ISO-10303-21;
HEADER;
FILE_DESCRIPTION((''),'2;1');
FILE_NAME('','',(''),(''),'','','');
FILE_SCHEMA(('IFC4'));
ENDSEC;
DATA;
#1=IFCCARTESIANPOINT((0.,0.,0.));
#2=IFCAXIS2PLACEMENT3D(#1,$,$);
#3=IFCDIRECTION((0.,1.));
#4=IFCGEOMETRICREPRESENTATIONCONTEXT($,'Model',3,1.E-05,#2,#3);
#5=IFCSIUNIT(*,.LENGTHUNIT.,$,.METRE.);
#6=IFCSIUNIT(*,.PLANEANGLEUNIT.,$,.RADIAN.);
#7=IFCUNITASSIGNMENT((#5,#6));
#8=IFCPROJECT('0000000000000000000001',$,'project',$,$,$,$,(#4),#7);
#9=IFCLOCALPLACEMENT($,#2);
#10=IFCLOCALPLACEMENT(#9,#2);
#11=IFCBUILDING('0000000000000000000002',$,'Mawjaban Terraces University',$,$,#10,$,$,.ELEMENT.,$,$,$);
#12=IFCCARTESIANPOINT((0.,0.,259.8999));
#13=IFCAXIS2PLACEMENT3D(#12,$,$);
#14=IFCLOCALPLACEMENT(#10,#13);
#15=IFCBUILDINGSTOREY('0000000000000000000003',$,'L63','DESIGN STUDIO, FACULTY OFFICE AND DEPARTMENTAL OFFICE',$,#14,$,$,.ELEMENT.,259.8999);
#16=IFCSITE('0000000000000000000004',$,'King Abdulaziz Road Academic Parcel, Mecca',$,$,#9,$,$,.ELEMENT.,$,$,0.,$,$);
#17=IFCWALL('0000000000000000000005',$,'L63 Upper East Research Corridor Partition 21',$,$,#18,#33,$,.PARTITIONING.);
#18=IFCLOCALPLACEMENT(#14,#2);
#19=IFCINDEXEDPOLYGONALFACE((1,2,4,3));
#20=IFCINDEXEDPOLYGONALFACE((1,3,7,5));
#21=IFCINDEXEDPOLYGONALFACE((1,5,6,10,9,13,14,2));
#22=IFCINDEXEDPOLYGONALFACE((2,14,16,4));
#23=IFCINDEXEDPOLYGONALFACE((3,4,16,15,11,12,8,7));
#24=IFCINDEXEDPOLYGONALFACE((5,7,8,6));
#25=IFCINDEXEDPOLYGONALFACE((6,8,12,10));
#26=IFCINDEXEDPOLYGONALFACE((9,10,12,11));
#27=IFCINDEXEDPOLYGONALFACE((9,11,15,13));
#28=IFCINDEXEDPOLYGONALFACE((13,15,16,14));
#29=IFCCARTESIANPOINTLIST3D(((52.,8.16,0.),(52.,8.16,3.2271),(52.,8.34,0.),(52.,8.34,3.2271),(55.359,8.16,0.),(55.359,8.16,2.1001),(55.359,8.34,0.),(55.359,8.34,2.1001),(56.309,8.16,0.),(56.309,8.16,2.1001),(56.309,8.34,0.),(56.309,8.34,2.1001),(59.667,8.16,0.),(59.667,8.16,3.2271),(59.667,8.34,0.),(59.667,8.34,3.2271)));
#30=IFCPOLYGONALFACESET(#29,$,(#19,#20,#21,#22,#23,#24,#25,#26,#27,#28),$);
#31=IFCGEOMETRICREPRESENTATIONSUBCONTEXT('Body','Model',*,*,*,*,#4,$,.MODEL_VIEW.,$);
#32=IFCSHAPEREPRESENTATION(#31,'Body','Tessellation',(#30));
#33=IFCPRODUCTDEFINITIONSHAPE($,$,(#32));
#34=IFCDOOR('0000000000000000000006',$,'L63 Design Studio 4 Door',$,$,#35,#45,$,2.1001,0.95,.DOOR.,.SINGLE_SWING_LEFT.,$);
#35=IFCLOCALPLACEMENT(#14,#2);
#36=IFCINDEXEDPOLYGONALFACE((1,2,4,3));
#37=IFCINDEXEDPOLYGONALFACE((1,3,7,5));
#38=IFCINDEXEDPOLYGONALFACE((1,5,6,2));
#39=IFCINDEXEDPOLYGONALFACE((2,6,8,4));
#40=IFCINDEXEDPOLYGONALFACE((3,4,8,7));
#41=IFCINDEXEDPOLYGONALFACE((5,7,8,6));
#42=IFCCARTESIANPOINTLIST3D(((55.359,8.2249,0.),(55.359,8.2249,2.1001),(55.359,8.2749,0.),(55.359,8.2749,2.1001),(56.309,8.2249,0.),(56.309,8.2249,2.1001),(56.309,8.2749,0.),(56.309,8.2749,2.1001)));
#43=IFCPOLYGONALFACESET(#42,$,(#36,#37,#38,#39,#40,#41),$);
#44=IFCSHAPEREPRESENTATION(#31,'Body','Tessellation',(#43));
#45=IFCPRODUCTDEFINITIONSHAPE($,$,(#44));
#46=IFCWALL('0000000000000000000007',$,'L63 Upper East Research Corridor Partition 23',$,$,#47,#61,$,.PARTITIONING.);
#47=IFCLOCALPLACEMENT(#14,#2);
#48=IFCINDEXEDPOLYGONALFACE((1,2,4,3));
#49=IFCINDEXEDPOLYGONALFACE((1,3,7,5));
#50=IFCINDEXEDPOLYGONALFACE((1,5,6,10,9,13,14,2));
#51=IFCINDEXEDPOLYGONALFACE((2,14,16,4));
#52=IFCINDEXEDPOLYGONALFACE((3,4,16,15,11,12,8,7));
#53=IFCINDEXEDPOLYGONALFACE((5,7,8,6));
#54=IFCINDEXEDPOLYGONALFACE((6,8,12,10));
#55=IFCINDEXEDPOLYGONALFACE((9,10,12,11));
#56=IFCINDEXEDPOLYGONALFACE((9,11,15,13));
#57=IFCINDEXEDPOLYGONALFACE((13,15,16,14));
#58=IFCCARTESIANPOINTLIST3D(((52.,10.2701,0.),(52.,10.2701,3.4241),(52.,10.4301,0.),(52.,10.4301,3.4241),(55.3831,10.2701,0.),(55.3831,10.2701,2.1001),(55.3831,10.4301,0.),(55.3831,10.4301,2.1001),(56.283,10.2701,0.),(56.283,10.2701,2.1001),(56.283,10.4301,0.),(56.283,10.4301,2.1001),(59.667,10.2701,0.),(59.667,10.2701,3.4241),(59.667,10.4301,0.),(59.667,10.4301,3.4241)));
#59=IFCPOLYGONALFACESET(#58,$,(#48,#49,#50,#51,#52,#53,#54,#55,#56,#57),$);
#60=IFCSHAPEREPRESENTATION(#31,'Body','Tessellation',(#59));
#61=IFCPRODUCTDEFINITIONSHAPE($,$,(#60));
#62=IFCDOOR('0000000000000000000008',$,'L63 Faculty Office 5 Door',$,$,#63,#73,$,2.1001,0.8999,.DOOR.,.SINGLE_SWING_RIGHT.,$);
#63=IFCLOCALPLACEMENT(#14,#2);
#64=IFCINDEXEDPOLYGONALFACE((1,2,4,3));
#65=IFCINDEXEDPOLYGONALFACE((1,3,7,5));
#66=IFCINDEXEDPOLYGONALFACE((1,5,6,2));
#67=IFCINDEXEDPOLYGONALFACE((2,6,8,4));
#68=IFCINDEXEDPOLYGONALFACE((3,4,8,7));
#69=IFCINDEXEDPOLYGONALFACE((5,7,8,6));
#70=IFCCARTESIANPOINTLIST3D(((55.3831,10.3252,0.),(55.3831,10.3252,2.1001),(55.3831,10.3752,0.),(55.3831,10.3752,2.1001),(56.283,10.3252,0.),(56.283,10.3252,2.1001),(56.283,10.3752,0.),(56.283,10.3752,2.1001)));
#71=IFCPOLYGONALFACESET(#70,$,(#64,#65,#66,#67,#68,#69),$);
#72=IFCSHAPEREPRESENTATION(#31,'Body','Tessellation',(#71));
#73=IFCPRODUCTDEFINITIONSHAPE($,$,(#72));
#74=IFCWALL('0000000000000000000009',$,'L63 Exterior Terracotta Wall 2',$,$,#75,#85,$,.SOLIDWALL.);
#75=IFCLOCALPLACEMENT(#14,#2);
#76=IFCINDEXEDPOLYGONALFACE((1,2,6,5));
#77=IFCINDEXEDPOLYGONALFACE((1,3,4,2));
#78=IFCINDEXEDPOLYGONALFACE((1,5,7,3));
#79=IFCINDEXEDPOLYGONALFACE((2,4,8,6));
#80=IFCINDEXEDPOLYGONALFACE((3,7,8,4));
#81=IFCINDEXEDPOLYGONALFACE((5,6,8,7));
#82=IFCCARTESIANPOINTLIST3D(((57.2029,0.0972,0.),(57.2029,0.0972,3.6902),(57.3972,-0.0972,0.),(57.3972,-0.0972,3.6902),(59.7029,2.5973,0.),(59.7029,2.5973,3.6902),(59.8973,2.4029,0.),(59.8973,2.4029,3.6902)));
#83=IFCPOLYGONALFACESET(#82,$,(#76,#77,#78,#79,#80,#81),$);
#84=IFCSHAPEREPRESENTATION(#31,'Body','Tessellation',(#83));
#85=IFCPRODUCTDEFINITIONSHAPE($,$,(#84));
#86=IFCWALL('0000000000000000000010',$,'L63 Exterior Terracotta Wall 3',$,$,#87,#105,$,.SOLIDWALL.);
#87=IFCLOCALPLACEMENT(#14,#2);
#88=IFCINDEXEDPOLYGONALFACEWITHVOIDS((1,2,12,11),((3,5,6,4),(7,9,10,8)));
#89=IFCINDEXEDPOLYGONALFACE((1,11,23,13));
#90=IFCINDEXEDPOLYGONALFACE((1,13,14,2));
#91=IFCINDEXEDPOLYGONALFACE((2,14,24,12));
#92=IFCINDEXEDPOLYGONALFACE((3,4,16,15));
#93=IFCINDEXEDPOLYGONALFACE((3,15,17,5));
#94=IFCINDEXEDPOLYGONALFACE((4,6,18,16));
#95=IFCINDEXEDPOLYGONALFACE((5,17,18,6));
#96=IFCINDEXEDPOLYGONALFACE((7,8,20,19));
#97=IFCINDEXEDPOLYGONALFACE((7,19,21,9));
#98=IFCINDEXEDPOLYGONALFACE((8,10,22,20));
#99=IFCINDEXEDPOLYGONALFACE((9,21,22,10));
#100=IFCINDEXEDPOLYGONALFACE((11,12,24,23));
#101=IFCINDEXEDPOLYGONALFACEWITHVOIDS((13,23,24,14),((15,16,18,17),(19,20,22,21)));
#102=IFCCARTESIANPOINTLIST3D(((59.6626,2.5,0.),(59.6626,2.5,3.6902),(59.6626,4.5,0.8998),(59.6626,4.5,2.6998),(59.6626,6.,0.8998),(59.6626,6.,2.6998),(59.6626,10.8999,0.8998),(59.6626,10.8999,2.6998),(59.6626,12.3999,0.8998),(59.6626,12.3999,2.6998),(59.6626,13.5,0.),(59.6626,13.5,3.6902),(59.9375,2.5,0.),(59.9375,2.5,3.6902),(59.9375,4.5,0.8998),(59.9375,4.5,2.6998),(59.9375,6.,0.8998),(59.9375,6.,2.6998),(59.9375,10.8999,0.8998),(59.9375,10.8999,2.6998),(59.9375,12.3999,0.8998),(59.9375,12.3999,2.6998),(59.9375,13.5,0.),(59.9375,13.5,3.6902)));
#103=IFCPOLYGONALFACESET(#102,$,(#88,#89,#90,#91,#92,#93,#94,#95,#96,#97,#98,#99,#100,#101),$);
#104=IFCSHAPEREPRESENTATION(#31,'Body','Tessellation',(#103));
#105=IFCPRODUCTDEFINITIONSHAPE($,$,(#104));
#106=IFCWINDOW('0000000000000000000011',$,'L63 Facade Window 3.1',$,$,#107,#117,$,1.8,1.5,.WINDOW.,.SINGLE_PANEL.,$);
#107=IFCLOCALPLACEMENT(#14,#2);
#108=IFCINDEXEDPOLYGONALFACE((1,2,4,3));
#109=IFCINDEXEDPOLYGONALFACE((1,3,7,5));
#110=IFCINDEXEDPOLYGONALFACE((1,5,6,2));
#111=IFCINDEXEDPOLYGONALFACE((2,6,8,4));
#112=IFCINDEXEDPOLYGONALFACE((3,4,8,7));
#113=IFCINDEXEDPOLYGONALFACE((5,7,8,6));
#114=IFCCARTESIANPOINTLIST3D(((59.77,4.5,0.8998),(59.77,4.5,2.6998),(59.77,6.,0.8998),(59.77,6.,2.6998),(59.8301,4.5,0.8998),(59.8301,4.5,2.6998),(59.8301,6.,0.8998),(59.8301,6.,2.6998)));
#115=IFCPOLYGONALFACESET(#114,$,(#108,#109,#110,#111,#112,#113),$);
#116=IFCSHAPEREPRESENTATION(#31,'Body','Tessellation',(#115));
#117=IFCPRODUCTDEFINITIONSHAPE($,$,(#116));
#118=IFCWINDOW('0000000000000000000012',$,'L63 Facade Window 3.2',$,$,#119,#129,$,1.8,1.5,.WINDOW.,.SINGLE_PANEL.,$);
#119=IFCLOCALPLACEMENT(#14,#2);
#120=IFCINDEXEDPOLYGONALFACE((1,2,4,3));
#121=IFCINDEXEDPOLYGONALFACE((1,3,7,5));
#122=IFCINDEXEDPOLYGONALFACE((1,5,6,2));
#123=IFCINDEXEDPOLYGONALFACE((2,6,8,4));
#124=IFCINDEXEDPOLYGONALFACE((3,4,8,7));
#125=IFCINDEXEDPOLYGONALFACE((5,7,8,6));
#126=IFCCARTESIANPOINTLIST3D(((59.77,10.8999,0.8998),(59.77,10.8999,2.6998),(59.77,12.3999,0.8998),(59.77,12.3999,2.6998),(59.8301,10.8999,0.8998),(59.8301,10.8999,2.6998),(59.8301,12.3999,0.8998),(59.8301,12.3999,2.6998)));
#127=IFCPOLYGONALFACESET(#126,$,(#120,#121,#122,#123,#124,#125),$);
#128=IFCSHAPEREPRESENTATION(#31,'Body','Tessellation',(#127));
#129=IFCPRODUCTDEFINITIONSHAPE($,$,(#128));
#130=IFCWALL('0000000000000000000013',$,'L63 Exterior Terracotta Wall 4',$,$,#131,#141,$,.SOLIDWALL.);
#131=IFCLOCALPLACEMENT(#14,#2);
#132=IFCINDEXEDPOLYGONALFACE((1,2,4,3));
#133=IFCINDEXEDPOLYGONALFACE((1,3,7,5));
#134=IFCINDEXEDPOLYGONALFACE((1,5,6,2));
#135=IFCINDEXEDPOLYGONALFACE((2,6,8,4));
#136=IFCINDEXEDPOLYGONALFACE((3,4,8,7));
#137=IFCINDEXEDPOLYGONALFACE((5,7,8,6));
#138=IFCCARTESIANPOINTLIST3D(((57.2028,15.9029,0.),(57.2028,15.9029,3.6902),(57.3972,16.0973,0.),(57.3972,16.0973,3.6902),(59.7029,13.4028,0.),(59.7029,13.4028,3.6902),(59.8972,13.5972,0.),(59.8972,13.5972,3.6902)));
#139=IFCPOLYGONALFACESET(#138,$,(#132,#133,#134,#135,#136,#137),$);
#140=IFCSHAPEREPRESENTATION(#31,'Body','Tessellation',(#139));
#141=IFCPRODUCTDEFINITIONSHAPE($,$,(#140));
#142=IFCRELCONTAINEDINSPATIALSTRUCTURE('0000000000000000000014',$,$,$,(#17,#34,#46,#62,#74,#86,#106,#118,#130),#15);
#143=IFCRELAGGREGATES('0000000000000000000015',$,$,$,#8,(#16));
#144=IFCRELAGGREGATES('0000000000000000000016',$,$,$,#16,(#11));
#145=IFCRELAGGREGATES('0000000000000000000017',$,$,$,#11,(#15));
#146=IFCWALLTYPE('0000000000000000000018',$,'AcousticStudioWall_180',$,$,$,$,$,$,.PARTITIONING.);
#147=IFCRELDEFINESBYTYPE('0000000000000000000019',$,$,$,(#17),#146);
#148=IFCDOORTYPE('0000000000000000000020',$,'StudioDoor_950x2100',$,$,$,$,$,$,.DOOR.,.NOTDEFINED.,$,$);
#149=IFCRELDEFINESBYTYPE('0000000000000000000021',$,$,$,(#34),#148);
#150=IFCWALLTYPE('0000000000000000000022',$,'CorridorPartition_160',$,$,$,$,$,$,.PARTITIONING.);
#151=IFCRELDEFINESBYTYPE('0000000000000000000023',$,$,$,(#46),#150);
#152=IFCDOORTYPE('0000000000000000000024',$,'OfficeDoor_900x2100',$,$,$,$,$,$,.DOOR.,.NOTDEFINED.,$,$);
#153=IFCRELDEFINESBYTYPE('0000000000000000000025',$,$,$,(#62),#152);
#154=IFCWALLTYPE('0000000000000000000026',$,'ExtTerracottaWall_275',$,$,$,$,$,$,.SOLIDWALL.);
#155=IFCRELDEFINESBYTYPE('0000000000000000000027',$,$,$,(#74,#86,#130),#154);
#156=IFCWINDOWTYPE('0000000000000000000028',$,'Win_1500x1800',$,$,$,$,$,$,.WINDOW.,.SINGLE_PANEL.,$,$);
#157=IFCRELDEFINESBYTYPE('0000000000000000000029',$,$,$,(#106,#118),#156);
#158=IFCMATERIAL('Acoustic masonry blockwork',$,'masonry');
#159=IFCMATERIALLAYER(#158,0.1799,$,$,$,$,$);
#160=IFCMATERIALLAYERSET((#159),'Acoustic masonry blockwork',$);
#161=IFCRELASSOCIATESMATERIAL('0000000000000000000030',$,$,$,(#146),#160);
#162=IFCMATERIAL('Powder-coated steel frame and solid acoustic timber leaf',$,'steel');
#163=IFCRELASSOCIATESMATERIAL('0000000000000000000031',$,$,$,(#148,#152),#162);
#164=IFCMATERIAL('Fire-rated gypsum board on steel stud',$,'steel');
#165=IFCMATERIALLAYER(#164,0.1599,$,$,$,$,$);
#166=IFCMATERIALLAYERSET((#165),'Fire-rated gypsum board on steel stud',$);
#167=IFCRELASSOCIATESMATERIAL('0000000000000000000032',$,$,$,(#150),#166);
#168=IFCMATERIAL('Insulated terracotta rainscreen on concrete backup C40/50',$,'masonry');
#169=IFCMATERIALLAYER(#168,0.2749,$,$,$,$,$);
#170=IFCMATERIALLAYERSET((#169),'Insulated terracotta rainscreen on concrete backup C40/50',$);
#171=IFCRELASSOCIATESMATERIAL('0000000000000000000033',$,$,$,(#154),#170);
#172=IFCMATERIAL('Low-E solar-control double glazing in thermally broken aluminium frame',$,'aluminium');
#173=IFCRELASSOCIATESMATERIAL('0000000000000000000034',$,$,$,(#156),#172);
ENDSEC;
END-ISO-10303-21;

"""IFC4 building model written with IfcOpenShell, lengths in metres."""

from ifc_helpers import new_model, si_unit, direction, frame, frame_2d, origin, place, context, subcontext, project, spatial, rectangle, extrude, material, layer, layer_set, type_object, element, fill, save


model = new_model("IFC4")

# Units and contexts
model_context = context("Model", 3, precision=1e-05, world=origin(), true_north=direction((0.0, 1.0)))
body_context = subcontext(model_context, "Body", "Model", "MODEL_VIEW")
ifc_project = project(units=[si_unit("LENGTHUNIT", "METRE"), si_unit("PLANEANGLEUNIT", "RADIAN")], contexts=[model_context])

# Site, building, storey
site_placement = place(None, origin())
site = spatial("IfcSite", under=ifc_project, at=site_placement, Name="King Abdulaziz Road Academic Parcel, Mecca", CompositionType="ELEMENT", RefElevation=0.0)
building_placement = place(site_placement, origin())
building = spatial("IfcBuilding", under=site, at=building_placement, Name="Mawjaban Terraces University", CompositionType="ELEMENT")
storey_placement = place(building_placement, frame((0.0, 0.0, 259.8999)))
storey = spatial("IfcBuildingStorey", under=building, at=storey_placement, Name="L63", Description="DESIGN STUDIO, FACULTY OFFICE AND DEPARTMENTAL OFFICE", CompositionType="ELEMENT", Elevation=259.8999)

# Walls, openings, doors
ifc_material_1 = material(Name="Acoustic masonry blockwork", Category="masonry")
ifc_layer_1 = layer(ifc_material_1, 0.1799)
ifc_layer_set_1 = layer_set([ifc_layer_1], Name="Acoustic masonry blockwork")
wall_type_1 = type_object("IfcWallType", Name="AcousticStudioWall_180", PredefinedType="PARTITIONING", material=ifc_layer_set_1)
wall_1_placement = place(storey_placement, frame((52.0, 8.25, 0.0), z_axis=(0.0, 0.0, 1.0), x_axis=(1.0, 0.0, 0.0)))
wall_1 = element("IfcWall", 1, at=wall_1_placement, inside=storey, type_object=wall_type_1, Name="L63 Upper East Research Corridor Partition 21", PredefinedType="PARTITIONING", context=body_context, shape_type="SweptSolid", body=[
    extrude(rectangle(XDim=7.667, YDim=0.1799, at=frame_2d((3.8335, 0.0))), origin(), (0.0, 0.0, 1.0), 3.2271),
])
opening_1_placement = place(wall_1_placement, frame((3.3589, 0.0, 0.0)))
opening_1 = element("IfcOpeningElement", 2, at=opening_1_placement, cuts=wall_1, PredefinedType="OPENING", context=body_context, shape_type="SweptSolid", body=[
    extrude(rectangle(XDim=0.95, YDim=2.1001, at=frame_2d((0.4751, 1.05))), frame((0.0, 0.0999, 0.0), z_axis=(0.0, -1.0, 0.0), x_axis=(1.0, 0.0, 0.0)), (0.0, 0.0, 1.0), 0.2),
])
ifc_material_2 = material(Name="Powder-coated steel frame and solid acoustic timber leaf", Category="steel")
door_type_1 = type_object("IfcDoorType", Name="StudioDoor_950x2100", OperationType="NOTDEFINED", PredefinedType="DOOR", material=ifc_material_2)
door_1_placement = place(opening_1_placement, origin())
door_1 = element("IfcDoor", 3, at=door_1_placement, inside=storey, type_object=door_type_1, Name="L63 Design Studio 4 Door", OperationType="SINGLE_SWING_LEFT", OverallHeight=2.1001, OverallWidth=0.95, PredefinedType="DOOR", context=body_context, shape_type="SweptSolid", body=[
    extrude(rectangle(XDim=0.95, YDim=2.1001, at=frame_2d((0.4751, 1.05))), frame((0.0, 0.0249, 0.0), z_axis=(0.0, -1.0, 0.0), x_axis=(1.0, 0.0, 0.0)), (0.0, 0.0, 1.0), 0.05),
])
fill(opening_1, door_1)
ifc_material_3 = material(Name="Fire-rated gypsum board on steel stud", Category="steel")
ifc_layer_2 = layer(ifc_material_3, 0.1599)
ifc_layer_set_2 = layer_set([ifc_layer_2], Name="Fire-rated gypsum board on steel stud")
wall_type_2 = type_object("IfcWallType", Name="CorridorPartition_160", PredefinedType="PARTITIONING", material=ifc_layer_set_2)
wall_2_placement = place(storey_placement, frame((59.667, 10.3501, 0.0), z_axis=(0.0, 0.0, 1.0), x_axis=(-1.0, 0.0, 0.0)))
wall_2 = element("IfcWall", 4, at=wall_2_placement, inside=storey, type_object=wall_type_2, Name="L63 Upper East Research Corridor Partition 23", PredefinedType="PARTITIONING", context=body_context, shape_type="SweptSolid", body=[
    extrude(rectangle(XDim=7.667, YDim=0.1599, at=frame_2d((3.8335, 0.0))), origin(), (0.0, 0.0, 1.0), 3.4241),
])
opening_2_placement = place(wall_2_placement, frame((3.384, 0.0, 0.0)))
opening_2 = element("IfcOpeningElement", 5, at=opening_2_placement, cuts=wall_2, PredefinedType="OPENING", context=body_context, shape_type="SweptSolid", body=[
    extrude(rectangle(XDim=0.8999, YDim=2.1001, at=frame_2d((0.45, 1.05))), frame((0.0, 0.0898, 0.0), z_axis=(0.0, -1.0, 0.0), x_axis=(1.0, 0.0, 0.0)), (0.0, 0.0, 1.0), 0.1799),
])
door_type_2 = type_object("IfcDoorType", Name="OfficeDoor_900x2100", OperationType="NOTDEFINED", PredefinedType="DOOR", material=ifc_material_2)
door_2_placement = place(opening_2_placement, origin())
door_2 = element("IfcDoor", 6, at=door_2_placement, inside=storey, type_object=door_type_2, Name="L63 Faculty Office 5 Door", OperationType="SINGLE_SWING_RIGHT", OverallHeight=2.1001, OverallWidth=0.8999, PredefinedType="DOOR", context=body_context, shape_type="SweptSolid", body=[
    extrude(rectangle(XDim=0.8999, YDim=2.1001, at=frame_2d((0.45, 1.05))), frame((0.0, 0.0249, 0.0), z_axis=(0.0, -1.0, 0.0), x_axis=(1.0, 0.0, 0.0)), (0.0, 0.0, 1.0), 0.05),
])
fill(opening_2, door_2)

# Wall
ifc_material_4 = material(Name="Insulated terracotta rainscreen on concrete backup C40/50", Category="masonry")
ifc_layer_3 = layer(ifc_material_4, 0.2749)
ifc_layer_set_3 = layer_set([ifc_layer_3], Name="Insulated terracotta rainscreen on concrete backup C40/50")
wall_type_3 = type_object("IfcWallType", Name="ExtTerracottaWall_275", PredefinedType="SOLIDWALL", material=ifc_layer_set_3)
wall_3_placement = place(storey_placement, frame((57.3, 0.0, 0.0), z_axis=(0.0, 0.0, 1.0), x_axis=(0.707107, 0.707107, 0.0)))
element("IfcWall", 7, at=wall_3_placement, inside=storey, type_object=wall_type_3, Name="L63 Exterior Terracotta Wall 2", PredefinedType="SOLIDWALL", context=body_context, shape_type="SweptSolid", body=[
    extrude(rectangle(XDim=3.5356, YDim=0.2749, at=frame_2d((1.7678, 0.0))), origin(), (0.0, 0.0, 1.0), 3.6902),
])

# Wall, openings, windows
wall_4_placement = place(storey_placement, frame((59.8, 2.5, 0.0), z_axis=(0.0, 0.0, 1.0), x_axis=(0.0, 1.0, 0.0)))
wall_4 = element("IfcWall", 8, at=wall_4_placement, inside=storey, type_object=wall_type_3, Name="L63 Exterior Terracotta Wall 3", PredefinedType="SOLIDWALL", context=body_context, shape_type="SweptSolid", body=[
    extrude(rectangle(XDim=11.0, YDim=0.2749, at=frame_2d((5.5, 0.0))), origin(), (0.0, 0.0, 1.0), 3.6902),
])
opening_3_placement = place(wall_4_placement, frame((2.0, 0.0, 0.8999)))
opening_3 = element("IfcOpeningElement", 9, at=opening_3_placement, cuts=wall_4, PredefinedType="OPENING", context=body_context, shape_type="SweptSolid", body=[
    extrude(rectangle(XDim=1.5, YDim=1.8, at=frame_2d((0.75, 0.8999))), frame((0.0, 0.1475, 0.0), z_axis=(0.0, -1.0, 0.0), x_axis=(1.0, 0.0, 0.0)), (0.0, 0.0, 1.0), 0.2949),
])
opening_4_placement = place(wall_4_placement, frame((8.3999, 0.0, 0.8999)))
opening_4 = element("IfcOpeningElement", 10, at=opening_4_placement, cuts=wall_4, PredefinedType="OPENING", context=body_context, shape_type="SweptSolid", body=[
    extrude(rectangle(XDim=1.5, YDim=1.8, at=frame_2d((0.75, 0.8999))), frame((0.0, 0.1475, 0.0), z_axis=(0.0, -1.0, 0.0), x_axis=(1.0, 0.0, 0.0)), (0.0, 0.0, 1.0), 0.2949),
])
ifc_material_5 = material(Name="Low-E solar-control double glazing in thermally broken aluminium frame", Category="aluminium")
window_type = type_object("IfcWindowType", Name="Win_1500x1800", PartitioningType="SINGLE_PANEL", PredefinedType="WINDOW", material=ifc_material_5)
window_1_placement = place(opening_3_placement, origin())
window_1 = element("IfcWindow", 11, at=window_1_placement, inside=storey, type_object=window_type, Name="L63 Facade Window 3.1", OverallHeight=1.8, OverallWidth=1.5, PartitioningType="SINGLE_PANEL", PredefinedType="WINDOW", context=body_context, shape_type="SweptSolid", body=[
    extrude(rectangle(XDim=1.5, YDim=1.8, at=frame_2d((0.75, 0.8999))), frame((0.0, 0.03, 0.0), z_axis=(0.0, -1.0, 0.0), x_axis=(1.0, 0.0, 0.0)), (0.0, 0.0, 1.0), 0.0601),
])
fill(opening_3, window_1)
window_2_placement = place(opening_4_placement, origin())
window_2 = element("IfcWindow", 12, at=window_2_placement, inside=storey, type_object=window_type, Name="L63 Facade Window 3.2", OverallHeight=1.8, OverallWidth=1.5, PartitioningType="SINGLE_PANEL", PredefinedType="WINDOW", context=body_context, shape_type="SweptSolid", body=[
    extrude(rectangle(XDim=1.5, YDim=1.8, at=frame_2d((0.75, 0.8999))), frame((0.0, 0.03, 0.0), z_axis=(0.0, -1.0, 0.0), x_axis=(1.0, 0.0, 0.0)), (0.0, 0.0, 1.0), 0.0601),
])
fill(opening_4, window_2)

# Wall
wall_5_placement = place(storey_placement, frame((59.8, 13.5, 0.0), z_axis=(0.0, 0.0, 1.0), x_axis=(-0.707107, 0.707107, 0.0)))
element("IfcWall", 13, at=wall_5_placement, inside=storey, type_object=wall_type_3, Name="L63 Exterior Terracotta Wall 4", PredefinedType="SOLIDWALL", context=body_context, shape_type="SweptSolid", body=[
    extrude(rectangle(XDim=3.5356, YDim=0.2749, at=frame_2d((1.7678, 0.0))), origin(), (0.0, 0.0, 1.0), 3.6902),
])

save(model, "model.ifc")
